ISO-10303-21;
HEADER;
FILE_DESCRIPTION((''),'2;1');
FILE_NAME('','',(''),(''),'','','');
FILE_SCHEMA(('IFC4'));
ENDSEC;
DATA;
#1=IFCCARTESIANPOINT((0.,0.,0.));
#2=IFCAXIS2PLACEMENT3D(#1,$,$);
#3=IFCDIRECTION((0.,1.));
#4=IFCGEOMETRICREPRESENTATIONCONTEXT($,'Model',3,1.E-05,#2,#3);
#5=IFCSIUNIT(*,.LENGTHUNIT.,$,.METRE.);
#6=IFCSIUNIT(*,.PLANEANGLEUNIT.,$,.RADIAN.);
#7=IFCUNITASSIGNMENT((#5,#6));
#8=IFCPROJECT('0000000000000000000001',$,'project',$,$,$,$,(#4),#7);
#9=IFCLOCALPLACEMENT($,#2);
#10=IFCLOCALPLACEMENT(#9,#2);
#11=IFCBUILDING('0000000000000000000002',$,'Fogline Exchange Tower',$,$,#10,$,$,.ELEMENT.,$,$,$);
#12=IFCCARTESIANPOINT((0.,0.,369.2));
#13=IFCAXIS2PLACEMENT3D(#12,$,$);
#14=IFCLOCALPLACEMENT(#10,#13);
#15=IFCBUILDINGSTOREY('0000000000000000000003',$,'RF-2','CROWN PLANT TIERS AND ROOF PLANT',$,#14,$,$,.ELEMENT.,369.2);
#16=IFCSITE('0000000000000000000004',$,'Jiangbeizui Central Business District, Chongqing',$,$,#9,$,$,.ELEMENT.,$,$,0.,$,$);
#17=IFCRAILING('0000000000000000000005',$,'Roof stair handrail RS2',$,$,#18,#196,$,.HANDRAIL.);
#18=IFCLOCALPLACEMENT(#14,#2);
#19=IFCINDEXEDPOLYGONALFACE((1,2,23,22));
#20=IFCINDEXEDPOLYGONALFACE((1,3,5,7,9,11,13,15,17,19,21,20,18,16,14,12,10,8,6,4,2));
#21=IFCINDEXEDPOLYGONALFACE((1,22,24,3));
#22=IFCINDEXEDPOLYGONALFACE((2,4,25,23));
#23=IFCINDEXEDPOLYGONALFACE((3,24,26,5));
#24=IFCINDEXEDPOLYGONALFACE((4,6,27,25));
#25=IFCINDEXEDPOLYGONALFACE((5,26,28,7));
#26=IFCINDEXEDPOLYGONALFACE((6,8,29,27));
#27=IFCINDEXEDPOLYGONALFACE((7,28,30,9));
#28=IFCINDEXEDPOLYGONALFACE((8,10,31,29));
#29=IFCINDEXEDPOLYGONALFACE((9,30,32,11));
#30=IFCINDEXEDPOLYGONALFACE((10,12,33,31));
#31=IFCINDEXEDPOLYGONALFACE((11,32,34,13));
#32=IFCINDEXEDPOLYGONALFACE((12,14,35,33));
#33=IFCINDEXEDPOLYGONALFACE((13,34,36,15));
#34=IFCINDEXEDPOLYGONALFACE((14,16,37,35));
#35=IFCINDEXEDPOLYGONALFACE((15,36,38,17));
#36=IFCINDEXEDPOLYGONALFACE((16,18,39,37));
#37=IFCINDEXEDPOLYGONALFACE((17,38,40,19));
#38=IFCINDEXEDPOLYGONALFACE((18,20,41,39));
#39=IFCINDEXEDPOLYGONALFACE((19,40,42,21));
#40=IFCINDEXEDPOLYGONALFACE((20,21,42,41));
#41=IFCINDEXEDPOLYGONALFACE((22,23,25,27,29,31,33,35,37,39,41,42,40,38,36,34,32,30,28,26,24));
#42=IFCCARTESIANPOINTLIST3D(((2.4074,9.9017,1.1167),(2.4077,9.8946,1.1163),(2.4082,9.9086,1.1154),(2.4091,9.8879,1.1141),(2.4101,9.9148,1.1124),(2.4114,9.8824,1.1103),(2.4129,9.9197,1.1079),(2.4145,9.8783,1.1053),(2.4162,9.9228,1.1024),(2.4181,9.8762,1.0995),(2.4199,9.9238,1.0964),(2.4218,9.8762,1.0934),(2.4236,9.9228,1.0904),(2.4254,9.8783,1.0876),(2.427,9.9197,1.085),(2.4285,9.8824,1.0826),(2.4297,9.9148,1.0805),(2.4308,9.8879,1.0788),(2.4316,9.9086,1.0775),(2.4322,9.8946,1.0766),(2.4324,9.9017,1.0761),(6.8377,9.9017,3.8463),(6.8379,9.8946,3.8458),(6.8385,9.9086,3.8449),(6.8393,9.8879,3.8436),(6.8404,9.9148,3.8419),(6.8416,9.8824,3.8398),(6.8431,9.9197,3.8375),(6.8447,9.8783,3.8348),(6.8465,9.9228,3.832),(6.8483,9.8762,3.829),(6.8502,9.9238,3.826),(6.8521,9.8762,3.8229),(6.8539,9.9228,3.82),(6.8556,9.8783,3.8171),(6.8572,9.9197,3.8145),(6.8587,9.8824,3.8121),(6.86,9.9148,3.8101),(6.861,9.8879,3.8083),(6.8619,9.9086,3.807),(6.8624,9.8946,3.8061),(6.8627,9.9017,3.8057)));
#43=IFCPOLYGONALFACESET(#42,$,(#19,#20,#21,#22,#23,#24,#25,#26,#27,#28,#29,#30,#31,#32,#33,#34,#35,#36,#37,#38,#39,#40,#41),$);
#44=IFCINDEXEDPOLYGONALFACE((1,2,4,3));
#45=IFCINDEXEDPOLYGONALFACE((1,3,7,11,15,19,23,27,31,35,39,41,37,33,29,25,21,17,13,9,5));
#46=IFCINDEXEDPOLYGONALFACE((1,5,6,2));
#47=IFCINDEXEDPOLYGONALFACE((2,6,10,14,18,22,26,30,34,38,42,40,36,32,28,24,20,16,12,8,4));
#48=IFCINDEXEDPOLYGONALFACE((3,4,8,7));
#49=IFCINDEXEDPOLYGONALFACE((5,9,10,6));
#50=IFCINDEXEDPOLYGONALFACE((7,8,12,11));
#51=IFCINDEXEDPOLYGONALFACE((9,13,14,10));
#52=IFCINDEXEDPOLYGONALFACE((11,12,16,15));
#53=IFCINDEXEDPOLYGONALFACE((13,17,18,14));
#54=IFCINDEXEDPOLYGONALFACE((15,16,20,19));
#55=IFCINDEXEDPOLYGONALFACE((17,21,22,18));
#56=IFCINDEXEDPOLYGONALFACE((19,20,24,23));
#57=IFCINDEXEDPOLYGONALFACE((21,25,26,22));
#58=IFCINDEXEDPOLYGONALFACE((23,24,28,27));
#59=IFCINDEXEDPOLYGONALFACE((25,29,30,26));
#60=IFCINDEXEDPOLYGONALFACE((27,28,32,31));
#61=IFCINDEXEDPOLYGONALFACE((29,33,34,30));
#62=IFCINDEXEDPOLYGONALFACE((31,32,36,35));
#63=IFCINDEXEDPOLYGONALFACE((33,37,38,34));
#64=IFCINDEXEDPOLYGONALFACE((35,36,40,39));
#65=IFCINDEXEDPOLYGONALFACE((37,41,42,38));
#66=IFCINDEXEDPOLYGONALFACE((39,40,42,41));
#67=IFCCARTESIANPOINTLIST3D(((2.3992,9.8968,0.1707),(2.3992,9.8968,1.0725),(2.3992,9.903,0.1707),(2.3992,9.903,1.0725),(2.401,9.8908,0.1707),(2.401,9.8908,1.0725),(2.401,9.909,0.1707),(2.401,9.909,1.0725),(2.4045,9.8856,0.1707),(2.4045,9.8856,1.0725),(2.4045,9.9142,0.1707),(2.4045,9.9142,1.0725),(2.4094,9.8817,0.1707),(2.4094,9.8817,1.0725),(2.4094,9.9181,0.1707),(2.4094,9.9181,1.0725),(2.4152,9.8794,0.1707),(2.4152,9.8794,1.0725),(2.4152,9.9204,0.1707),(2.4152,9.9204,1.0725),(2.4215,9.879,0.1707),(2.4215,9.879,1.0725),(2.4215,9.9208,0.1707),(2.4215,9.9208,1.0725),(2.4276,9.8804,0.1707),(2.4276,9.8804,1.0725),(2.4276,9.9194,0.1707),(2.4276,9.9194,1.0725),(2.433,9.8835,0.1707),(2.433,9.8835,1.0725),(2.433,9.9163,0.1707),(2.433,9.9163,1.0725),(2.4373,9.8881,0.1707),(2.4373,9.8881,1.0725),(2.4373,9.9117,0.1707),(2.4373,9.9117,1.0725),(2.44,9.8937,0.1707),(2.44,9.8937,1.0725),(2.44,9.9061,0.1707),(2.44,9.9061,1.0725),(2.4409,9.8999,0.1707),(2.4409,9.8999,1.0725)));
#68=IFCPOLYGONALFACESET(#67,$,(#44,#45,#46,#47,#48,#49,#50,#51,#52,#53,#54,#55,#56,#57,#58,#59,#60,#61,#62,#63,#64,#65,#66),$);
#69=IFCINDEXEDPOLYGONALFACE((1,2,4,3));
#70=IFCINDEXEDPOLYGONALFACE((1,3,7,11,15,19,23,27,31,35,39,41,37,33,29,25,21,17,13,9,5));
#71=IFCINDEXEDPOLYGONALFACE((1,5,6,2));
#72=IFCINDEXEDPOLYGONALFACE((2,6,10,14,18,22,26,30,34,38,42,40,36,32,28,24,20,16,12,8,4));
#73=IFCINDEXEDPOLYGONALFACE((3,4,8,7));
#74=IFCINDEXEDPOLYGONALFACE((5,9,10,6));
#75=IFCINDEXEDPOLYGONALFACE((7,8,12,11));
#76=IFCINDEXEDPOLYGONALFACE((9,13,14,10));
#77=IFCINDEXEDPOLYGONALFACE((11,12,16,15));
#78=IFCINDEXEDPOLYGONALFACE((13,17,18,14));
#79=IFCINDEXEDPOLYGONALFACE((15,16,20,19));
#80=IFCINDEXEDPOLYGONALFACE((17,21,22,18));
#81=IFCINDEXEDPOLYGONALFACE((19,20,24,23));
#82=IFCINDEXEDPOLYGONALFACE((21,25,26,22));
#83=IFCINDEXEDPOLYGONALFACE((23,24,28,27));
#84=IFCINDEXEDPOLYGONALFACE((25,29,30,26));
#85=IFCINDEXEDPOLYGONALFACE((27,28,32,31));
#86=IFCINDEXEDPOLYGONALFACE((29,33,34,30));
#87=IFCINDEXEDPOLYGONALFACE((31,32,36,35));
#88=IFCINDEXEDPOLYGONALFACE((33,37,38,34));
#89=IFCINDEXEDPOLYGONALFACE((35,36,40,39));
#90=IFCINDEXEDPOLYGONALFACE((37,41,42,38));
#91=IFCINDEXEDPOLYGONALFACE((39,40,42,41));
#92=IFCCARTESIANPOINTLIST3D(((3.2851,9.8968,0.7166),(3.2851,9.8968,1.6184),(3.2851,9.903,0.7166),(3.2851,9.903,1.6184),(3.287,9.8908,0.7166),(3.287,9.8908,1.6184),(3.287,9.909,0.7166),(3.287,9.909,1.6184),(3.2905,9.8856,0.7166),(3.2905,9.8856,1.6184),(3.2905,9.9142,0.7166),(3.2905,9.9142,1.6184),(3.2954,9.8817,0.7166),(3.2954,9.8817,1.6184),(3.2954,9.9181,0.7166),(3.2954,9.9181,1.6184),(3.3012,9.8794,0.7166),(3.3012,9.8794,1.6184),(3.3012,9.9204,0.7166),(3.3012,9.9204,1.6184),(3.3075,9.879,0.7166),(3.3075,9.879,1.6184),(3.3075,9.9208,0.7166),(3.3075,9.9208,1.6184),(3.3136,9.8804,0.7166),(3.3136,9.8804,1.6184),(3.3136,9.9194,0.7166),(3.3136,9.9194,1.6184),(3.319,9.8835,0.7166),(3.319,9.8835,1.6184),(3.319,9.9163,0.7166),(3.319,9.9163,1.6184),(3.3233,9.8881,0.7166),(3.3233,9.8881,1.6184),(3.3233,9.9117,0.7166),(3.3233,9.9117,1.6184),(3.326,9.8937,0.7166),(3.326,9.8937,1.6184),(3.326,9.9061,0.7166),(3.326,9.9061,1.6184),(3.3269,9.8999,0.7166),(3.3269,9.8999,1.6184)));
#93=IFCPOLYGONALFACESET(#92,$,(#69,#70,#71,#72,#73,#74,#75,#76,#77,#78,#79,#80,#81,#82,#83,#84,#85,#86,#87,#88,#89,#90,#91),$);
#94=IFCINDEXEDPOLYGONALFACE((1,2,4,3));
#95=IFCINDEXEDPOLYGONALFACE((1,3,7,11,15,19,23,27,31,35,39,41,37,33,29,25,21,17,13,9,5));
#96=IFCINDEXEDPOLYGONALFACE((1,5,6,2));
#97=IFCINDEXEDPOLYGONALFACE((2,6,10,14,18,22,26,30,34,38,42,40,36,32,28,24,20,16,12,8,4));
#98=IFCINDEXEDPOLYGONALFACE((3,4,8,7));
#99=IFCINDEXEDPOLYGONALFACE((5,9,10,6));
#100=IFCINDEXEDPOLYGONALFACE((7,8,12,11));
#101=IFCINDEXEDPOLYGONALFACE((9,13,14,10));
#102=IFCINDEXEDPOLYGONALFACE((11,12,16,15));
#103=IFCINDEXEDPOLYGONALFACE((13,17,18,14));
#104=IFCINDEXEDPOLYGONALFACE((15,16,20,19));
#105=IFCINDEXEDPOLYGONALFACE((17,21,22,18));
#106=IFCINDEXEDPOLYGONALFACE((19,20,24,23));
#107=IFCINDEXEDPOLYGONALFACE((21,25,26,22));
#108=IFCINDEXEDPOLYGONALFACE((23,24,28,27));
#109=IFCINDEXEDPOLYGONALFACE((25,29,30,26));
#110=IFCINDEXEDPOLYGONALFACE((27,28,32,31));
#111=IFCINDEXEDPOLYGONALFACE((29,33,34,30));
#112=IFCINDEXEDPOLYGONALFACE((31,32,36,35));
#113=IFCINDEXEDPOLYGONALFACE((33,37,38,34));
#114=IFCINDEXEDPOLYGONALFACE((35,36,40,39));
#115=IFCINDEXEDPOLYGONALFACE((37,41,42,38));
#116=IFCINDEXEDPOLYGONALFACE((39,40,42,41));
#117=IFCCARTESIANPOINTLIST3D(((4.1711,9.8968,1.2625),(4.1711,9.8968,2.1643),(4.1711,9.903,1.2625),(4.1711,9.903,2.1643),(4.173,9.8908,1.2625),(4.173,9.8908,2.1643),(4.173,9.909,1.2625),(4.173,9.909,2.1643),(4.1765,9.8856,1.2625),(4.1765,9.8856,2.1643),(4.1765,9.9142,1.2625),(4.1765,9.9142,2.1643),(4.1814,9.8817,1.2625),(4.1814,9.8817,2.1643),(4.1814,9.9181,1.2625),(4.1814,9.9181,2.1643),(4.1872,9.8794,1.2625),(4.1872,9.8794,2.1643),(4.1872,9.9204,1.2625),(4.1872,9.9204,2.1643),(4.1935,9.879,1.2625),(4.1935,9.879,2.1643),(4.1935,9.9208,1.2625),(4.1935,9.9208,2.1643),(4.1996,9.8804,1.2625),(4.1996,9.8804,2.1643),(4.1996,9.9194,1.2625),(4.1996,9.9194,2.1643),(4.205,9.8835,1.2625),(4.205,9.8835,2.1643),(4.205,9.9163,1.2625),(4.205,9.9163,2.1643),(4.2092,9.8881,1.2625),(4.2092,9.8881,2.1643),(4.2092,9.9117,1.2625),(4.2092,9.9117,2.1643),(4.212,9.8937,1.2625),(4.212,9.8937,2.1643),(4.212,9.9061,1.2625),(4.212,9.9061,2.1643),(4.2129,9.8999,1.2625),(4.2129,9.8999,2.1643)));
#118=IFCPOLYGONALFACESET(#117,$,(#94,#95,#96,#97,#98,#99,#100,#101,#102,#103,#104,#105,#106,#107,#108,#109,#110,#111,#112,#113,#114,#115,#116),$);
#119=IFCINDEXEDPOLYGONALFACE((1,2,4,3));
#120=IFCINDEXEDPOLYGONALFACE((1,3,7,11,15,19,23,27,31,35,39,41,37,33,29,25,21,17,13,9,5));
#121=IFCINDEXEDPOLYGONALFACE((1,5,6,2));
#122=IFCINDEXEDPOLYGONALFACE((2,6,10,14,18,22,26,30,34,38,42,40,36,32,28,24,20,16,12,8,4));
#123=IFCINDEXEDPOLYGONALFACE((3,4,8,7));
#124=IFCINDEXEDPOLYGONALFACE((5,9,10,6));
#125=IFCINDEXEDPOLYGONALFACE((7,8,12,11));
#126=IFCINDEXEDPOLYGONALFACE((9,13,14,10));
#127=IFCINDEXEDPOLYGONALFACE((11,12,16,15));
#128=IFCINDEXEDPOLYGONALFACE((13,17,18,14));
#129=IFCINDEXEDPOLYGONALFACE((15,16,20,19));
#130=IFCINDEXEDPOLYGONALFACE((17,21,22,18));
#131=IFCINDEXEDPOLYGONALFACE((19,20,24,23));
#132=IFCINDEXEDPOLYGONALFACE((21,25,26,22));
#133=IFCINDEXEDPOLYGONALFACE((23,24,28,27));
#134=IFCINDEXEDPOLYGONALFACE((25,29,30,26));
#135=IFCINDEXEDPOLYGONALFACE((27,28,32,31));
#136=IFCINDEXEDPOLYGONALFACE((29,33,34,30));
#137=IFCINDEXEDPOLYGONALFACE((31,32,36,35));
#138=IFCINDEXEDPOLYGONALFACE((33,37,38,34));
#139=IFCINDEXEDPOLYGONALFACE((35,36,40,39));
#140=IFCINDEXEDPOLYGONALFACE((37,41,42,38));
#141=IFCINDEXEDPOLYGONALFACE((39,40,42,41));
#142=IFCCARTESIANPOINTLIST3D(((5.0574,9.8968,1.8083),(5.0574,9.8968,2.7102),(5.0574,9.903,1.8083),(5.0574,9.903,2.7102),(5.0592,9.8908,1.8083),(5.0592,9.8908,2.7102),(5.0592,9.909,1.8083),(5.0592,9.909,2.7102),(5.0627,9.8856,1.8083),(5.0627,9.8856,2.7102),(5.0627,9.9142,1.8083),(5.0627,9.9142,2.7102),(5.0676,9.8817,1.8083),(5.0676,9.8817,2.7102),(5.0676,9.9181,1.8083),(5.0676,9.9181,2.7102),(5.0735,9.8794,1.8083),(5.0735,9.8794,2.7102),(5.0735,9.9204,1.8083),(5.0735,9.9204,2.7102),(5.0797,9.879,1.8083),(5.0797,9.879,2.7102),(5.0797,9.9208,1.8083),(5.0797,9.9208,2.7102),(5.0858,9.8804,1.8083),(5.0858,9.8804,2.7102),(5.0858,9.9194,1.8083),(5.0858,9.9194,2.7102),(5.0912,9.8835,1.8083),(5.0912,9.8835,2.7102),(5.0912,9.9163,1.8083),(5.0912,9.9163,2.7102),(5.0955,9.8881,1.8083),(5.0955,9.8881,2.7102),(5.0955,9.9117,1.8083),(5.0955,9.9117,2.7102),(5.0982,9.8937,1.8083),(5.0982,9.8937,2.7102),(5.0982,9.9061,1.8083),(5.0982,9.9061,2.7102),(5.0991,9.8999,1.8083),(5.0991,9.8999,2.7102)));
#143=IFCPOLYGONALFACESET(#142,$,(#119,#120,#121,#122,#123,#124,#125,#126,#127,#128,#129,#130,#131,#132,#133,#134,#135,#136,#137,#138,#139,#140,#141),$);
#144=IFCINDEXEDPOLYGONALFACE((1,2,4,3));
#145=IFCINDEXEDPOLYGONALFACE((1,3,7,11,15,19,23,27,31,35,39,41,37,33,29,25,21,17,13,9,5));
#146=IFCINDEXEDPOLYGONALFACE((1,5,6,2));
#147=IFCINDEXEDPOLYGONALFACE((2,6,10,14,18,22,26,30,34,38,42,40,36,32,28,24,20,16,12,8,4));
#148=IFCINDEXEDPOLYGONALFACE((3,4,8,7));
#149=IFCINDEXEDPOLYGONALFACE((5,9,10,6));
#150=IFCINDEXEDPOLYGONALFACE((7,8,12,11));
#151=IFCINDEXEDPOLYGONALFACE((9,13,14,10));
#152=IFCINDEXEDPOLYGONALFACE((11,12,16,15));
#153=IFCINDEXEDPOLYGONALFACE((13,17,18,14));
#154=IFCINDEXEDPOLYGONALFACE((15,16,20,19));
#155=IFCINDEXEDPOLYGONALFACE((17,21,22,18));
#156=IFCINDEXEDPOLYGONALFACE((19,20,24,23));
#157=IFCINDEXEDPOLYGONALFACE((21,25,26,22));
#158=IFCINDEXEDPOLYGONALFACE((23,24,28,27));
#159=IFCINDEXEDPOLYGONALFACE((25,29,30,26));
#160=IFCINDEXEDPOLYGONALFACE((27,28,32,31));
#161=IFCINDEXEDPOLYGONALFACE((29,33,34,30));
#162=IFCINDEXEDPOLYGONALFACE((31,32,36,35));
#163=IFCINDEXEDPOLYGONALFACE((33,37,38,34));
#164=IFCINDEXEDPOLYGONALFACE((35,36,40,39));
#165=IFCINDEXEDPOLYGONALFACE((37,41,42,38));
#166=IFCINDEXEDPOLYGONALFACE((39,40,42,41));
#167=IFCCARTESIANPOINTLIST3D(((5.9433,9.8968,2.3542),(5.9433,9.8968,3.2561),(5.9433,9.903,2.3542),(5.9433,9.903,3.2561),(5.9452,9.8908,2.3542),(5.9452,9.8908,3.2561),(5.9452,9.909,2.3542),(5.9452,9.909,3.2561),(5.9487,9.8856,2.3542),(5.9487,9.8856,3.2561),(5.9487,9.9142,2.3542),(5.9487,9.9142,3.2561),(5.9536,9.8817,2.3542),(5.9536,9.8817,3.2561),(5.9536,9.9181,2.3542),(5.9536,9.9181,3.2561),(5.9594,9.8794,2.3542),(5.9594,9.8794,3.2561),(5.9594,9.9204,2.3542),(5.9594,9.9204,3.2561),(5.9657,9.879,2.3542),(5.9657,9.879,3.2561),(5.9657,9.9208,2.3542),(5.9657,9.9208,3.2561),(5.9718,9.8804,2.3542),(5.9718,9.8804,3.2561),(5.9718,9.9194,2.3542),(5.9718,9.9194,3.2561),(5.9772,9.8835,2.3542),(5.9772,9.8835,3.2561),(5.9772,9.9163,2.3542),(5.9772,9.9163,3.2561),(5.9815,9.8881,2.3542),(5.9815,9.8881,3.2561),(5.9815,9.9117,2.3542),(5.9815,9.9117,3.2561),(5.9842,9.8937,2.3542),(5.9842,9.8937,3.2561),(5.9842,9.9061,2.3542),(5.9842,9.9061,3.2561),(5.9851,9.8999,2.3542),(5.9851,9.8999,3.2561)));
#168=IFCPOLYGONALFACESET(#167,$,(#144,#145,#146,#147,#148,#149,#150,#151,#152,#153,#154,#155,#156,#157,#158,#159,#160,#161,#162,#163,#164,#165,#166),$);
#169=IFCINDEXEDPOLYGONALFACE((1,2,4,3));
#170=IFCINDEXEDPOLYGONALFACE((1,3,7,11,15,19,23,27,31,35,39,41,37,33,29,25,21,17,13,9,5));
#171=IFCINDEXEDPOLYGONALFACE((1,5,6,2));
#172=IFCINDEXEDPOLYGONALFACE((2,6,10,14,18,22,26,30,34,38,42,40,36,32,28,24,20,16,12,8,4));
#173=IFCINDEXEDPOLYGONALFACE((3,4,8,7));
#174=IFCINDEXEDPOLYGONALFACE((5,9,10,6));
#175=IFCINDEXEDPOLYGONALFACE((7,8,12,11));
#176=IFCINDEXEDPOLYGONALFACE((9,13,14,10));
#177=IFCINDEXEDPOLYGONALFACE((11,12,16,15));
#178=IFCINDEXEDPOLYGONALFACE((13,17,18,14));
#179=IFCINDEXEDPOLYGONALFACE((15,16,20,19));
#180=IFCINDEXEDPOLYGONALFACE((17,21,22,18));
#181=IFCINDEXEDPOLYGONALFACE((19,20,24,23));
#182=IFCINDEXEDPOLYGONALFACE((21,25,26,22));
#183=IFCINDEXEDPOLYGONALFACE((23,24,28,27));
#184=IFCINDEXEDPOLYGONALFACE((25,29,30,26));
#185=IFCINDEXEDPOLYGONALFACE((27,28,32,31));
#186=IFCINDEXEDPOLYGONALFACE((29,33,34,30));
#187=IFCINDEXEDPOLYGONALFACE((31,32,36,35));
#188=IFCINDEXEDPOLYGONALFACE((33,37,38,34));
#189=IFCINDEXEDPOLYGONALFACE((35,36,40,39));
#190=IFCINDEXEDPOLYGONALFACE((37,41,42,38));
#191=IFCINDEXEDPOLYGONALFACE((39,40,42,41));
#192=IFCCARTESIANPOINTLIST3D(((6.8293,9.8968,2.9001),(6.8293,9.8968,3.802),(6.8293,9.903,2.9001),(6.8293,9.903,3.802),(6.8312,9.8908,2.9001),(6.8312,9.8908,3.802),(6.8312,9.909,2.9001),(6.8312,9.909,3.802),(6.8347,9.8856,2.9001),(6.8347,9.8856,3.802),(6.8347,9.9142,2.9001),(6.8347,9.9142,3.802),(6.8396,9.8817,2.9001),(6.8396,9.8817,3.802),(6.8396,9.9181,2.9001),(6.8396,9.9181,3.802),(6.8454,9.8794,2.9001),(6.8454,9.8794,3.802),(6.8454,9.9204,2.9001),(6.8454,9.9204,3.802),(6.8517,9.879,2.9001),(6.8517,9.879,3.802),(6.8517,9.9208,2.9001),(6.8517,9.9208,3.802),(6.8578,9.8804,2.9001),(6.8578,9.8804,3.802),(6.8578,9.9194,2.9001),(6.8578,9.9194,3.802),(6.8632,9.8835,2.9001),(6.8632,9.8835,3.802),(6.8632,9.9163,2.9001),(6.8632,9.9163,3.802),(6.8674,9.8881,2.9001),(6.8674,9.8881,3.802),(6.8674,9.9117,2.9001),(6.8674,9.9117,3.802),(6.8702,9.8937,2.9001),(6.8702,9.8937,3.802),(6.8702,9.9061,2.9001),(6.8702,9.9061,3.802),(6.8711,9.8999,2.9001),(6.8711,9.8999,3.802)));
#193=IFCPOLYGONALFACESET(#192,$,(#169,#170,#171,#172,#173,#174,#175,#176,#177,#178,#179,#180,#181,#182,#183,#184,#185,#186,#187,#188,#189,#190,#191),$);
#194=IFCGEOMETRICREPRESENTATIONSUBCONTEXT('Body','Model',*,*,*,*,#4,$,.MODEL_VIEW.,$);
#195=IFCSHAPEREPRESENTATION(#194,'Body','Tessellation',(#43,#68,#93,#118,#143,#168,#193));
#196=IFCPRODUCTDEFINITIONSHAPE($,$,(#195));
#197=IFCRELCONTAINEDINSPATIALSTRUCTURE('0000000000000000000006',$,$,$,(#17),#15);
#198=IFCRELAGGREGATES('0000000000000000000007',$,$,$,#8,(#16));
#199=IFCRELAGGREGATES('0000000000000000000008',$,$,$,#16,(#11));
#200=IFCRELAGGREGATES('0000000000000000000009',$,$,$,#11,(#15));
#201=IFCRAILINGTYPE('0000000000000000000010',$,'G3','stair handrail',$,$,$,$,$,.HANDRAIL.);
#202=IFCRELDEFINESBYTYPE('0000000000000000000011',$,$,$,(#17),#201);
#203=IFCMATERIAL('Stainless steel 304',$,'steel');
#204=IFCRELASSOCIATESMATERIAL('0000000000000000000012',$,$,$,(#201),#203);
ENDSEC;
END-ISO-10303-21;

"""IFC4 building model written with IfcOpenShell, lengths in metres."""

from ifc_helpers import new_model, si_unit, direction, frame, origin, origin_2d, place, context, subcontext, project, spatial, circle, extrude, material, type_object, element, save


model = new_model("IFC4")

# Units and contexts
model_context = context("Model", 3, precision=1e-05, world=origin(), true_north=direction((0.0, 1.0)))
body_context = subcontext(model_context, "Body", "Model", "MODEL_VIEW")
ifc_project = project(units=[si_unit("LENGTHUNIT", "METRE"), si_unit("PLANEANGLEUNIT", "RADIAN")], contexts=[model_context])

# Site, building, storey
site_placement = place(None, origin())
site = spatial("IfcSite", under=ifc_project, at=site_placement, Name="Jiangbeizui Central Business District, Chongqing", CompositionType="ELEMENT", RefElevation=0.0)
building_placement = place(site_placement, origin())
building = spatial("IfcBuilding", under=site, at=building_placement, Name="Fogline Exchange Tower", CompositionType="ELEMENT")
storey_placement = place(building_placement, frame((0.0, 0.0, 369.2)))
storey = spatial("IfcBuildingStorey", under=building, at=storey_placement, Name="RF-2", Description="CROWN PLANT TIERS AND ROOF PLANT", CompositionType="ELEMENT", Elevation=369.2)

# Railing
ifc_material_1 = material(Name="Stainless steel 304", Category="steel")
railing_type_1 = type_object("IfcRailingType", Name="G3", Description="stair handrail", PredefinedType="HANDRAIL", material=ifc_material_1)
railing_1_placement = place(storey_placement, frame((2.4199, 9.8999, 0.1707)))
element("IfcRailing", 1, at=railing_1_placement, inside=storey, type_object=railing_type_1, Name="Roof stair handrail RS2", PredefinedType="HANDRAIL", context=body_context, shape_type="SweptSolid", body=[
    extrude(circle(Radius=0.0239, at=origin_2d()), frame((0.0, 0.0, 0.9258), z_axis=(0.851381, 0.0, 0.524548), x_axis=(0.0, 1.0, 0.0)), (0.0, 0.0, 1.0), 5.2036),
    extrude(circle(Radius=0.021, at=origin_2d()), origin(), (0.0, 0.0, 1.0), 0.9019),
    extrude(circle(Radius=0.021, at=origin_2d()), frame((0.886, 0.0, 0.5459)), (0.0, 0.0, 1.0), 0.9019),
    extrude(circle(Radius=0.021, at=origin_2d()), frame((1.772, 0.0, 1.0918)), (0.0, 0.0, 1.0), 0.9019),
    extrude(circle(Radius=0.021, at=origin_2d()), frame((2.6582, 0.0, 1.6377)), (0.0, 0.0, 1.0), 0.9019),
    extrude(circle(Radius=0.021, at=origin_2d()), frame((3.5442, 0.0, 2.1836)), (0.0, 0.0, 1.0), 0.9019),
    extrude(circle(Radius=0.021, at=origin_2d()), frame((4.4302, 0.0, 2.7295)), (0.0, 0.0, 1.0), 0.9019),
])

save(model, "model.ifc")
